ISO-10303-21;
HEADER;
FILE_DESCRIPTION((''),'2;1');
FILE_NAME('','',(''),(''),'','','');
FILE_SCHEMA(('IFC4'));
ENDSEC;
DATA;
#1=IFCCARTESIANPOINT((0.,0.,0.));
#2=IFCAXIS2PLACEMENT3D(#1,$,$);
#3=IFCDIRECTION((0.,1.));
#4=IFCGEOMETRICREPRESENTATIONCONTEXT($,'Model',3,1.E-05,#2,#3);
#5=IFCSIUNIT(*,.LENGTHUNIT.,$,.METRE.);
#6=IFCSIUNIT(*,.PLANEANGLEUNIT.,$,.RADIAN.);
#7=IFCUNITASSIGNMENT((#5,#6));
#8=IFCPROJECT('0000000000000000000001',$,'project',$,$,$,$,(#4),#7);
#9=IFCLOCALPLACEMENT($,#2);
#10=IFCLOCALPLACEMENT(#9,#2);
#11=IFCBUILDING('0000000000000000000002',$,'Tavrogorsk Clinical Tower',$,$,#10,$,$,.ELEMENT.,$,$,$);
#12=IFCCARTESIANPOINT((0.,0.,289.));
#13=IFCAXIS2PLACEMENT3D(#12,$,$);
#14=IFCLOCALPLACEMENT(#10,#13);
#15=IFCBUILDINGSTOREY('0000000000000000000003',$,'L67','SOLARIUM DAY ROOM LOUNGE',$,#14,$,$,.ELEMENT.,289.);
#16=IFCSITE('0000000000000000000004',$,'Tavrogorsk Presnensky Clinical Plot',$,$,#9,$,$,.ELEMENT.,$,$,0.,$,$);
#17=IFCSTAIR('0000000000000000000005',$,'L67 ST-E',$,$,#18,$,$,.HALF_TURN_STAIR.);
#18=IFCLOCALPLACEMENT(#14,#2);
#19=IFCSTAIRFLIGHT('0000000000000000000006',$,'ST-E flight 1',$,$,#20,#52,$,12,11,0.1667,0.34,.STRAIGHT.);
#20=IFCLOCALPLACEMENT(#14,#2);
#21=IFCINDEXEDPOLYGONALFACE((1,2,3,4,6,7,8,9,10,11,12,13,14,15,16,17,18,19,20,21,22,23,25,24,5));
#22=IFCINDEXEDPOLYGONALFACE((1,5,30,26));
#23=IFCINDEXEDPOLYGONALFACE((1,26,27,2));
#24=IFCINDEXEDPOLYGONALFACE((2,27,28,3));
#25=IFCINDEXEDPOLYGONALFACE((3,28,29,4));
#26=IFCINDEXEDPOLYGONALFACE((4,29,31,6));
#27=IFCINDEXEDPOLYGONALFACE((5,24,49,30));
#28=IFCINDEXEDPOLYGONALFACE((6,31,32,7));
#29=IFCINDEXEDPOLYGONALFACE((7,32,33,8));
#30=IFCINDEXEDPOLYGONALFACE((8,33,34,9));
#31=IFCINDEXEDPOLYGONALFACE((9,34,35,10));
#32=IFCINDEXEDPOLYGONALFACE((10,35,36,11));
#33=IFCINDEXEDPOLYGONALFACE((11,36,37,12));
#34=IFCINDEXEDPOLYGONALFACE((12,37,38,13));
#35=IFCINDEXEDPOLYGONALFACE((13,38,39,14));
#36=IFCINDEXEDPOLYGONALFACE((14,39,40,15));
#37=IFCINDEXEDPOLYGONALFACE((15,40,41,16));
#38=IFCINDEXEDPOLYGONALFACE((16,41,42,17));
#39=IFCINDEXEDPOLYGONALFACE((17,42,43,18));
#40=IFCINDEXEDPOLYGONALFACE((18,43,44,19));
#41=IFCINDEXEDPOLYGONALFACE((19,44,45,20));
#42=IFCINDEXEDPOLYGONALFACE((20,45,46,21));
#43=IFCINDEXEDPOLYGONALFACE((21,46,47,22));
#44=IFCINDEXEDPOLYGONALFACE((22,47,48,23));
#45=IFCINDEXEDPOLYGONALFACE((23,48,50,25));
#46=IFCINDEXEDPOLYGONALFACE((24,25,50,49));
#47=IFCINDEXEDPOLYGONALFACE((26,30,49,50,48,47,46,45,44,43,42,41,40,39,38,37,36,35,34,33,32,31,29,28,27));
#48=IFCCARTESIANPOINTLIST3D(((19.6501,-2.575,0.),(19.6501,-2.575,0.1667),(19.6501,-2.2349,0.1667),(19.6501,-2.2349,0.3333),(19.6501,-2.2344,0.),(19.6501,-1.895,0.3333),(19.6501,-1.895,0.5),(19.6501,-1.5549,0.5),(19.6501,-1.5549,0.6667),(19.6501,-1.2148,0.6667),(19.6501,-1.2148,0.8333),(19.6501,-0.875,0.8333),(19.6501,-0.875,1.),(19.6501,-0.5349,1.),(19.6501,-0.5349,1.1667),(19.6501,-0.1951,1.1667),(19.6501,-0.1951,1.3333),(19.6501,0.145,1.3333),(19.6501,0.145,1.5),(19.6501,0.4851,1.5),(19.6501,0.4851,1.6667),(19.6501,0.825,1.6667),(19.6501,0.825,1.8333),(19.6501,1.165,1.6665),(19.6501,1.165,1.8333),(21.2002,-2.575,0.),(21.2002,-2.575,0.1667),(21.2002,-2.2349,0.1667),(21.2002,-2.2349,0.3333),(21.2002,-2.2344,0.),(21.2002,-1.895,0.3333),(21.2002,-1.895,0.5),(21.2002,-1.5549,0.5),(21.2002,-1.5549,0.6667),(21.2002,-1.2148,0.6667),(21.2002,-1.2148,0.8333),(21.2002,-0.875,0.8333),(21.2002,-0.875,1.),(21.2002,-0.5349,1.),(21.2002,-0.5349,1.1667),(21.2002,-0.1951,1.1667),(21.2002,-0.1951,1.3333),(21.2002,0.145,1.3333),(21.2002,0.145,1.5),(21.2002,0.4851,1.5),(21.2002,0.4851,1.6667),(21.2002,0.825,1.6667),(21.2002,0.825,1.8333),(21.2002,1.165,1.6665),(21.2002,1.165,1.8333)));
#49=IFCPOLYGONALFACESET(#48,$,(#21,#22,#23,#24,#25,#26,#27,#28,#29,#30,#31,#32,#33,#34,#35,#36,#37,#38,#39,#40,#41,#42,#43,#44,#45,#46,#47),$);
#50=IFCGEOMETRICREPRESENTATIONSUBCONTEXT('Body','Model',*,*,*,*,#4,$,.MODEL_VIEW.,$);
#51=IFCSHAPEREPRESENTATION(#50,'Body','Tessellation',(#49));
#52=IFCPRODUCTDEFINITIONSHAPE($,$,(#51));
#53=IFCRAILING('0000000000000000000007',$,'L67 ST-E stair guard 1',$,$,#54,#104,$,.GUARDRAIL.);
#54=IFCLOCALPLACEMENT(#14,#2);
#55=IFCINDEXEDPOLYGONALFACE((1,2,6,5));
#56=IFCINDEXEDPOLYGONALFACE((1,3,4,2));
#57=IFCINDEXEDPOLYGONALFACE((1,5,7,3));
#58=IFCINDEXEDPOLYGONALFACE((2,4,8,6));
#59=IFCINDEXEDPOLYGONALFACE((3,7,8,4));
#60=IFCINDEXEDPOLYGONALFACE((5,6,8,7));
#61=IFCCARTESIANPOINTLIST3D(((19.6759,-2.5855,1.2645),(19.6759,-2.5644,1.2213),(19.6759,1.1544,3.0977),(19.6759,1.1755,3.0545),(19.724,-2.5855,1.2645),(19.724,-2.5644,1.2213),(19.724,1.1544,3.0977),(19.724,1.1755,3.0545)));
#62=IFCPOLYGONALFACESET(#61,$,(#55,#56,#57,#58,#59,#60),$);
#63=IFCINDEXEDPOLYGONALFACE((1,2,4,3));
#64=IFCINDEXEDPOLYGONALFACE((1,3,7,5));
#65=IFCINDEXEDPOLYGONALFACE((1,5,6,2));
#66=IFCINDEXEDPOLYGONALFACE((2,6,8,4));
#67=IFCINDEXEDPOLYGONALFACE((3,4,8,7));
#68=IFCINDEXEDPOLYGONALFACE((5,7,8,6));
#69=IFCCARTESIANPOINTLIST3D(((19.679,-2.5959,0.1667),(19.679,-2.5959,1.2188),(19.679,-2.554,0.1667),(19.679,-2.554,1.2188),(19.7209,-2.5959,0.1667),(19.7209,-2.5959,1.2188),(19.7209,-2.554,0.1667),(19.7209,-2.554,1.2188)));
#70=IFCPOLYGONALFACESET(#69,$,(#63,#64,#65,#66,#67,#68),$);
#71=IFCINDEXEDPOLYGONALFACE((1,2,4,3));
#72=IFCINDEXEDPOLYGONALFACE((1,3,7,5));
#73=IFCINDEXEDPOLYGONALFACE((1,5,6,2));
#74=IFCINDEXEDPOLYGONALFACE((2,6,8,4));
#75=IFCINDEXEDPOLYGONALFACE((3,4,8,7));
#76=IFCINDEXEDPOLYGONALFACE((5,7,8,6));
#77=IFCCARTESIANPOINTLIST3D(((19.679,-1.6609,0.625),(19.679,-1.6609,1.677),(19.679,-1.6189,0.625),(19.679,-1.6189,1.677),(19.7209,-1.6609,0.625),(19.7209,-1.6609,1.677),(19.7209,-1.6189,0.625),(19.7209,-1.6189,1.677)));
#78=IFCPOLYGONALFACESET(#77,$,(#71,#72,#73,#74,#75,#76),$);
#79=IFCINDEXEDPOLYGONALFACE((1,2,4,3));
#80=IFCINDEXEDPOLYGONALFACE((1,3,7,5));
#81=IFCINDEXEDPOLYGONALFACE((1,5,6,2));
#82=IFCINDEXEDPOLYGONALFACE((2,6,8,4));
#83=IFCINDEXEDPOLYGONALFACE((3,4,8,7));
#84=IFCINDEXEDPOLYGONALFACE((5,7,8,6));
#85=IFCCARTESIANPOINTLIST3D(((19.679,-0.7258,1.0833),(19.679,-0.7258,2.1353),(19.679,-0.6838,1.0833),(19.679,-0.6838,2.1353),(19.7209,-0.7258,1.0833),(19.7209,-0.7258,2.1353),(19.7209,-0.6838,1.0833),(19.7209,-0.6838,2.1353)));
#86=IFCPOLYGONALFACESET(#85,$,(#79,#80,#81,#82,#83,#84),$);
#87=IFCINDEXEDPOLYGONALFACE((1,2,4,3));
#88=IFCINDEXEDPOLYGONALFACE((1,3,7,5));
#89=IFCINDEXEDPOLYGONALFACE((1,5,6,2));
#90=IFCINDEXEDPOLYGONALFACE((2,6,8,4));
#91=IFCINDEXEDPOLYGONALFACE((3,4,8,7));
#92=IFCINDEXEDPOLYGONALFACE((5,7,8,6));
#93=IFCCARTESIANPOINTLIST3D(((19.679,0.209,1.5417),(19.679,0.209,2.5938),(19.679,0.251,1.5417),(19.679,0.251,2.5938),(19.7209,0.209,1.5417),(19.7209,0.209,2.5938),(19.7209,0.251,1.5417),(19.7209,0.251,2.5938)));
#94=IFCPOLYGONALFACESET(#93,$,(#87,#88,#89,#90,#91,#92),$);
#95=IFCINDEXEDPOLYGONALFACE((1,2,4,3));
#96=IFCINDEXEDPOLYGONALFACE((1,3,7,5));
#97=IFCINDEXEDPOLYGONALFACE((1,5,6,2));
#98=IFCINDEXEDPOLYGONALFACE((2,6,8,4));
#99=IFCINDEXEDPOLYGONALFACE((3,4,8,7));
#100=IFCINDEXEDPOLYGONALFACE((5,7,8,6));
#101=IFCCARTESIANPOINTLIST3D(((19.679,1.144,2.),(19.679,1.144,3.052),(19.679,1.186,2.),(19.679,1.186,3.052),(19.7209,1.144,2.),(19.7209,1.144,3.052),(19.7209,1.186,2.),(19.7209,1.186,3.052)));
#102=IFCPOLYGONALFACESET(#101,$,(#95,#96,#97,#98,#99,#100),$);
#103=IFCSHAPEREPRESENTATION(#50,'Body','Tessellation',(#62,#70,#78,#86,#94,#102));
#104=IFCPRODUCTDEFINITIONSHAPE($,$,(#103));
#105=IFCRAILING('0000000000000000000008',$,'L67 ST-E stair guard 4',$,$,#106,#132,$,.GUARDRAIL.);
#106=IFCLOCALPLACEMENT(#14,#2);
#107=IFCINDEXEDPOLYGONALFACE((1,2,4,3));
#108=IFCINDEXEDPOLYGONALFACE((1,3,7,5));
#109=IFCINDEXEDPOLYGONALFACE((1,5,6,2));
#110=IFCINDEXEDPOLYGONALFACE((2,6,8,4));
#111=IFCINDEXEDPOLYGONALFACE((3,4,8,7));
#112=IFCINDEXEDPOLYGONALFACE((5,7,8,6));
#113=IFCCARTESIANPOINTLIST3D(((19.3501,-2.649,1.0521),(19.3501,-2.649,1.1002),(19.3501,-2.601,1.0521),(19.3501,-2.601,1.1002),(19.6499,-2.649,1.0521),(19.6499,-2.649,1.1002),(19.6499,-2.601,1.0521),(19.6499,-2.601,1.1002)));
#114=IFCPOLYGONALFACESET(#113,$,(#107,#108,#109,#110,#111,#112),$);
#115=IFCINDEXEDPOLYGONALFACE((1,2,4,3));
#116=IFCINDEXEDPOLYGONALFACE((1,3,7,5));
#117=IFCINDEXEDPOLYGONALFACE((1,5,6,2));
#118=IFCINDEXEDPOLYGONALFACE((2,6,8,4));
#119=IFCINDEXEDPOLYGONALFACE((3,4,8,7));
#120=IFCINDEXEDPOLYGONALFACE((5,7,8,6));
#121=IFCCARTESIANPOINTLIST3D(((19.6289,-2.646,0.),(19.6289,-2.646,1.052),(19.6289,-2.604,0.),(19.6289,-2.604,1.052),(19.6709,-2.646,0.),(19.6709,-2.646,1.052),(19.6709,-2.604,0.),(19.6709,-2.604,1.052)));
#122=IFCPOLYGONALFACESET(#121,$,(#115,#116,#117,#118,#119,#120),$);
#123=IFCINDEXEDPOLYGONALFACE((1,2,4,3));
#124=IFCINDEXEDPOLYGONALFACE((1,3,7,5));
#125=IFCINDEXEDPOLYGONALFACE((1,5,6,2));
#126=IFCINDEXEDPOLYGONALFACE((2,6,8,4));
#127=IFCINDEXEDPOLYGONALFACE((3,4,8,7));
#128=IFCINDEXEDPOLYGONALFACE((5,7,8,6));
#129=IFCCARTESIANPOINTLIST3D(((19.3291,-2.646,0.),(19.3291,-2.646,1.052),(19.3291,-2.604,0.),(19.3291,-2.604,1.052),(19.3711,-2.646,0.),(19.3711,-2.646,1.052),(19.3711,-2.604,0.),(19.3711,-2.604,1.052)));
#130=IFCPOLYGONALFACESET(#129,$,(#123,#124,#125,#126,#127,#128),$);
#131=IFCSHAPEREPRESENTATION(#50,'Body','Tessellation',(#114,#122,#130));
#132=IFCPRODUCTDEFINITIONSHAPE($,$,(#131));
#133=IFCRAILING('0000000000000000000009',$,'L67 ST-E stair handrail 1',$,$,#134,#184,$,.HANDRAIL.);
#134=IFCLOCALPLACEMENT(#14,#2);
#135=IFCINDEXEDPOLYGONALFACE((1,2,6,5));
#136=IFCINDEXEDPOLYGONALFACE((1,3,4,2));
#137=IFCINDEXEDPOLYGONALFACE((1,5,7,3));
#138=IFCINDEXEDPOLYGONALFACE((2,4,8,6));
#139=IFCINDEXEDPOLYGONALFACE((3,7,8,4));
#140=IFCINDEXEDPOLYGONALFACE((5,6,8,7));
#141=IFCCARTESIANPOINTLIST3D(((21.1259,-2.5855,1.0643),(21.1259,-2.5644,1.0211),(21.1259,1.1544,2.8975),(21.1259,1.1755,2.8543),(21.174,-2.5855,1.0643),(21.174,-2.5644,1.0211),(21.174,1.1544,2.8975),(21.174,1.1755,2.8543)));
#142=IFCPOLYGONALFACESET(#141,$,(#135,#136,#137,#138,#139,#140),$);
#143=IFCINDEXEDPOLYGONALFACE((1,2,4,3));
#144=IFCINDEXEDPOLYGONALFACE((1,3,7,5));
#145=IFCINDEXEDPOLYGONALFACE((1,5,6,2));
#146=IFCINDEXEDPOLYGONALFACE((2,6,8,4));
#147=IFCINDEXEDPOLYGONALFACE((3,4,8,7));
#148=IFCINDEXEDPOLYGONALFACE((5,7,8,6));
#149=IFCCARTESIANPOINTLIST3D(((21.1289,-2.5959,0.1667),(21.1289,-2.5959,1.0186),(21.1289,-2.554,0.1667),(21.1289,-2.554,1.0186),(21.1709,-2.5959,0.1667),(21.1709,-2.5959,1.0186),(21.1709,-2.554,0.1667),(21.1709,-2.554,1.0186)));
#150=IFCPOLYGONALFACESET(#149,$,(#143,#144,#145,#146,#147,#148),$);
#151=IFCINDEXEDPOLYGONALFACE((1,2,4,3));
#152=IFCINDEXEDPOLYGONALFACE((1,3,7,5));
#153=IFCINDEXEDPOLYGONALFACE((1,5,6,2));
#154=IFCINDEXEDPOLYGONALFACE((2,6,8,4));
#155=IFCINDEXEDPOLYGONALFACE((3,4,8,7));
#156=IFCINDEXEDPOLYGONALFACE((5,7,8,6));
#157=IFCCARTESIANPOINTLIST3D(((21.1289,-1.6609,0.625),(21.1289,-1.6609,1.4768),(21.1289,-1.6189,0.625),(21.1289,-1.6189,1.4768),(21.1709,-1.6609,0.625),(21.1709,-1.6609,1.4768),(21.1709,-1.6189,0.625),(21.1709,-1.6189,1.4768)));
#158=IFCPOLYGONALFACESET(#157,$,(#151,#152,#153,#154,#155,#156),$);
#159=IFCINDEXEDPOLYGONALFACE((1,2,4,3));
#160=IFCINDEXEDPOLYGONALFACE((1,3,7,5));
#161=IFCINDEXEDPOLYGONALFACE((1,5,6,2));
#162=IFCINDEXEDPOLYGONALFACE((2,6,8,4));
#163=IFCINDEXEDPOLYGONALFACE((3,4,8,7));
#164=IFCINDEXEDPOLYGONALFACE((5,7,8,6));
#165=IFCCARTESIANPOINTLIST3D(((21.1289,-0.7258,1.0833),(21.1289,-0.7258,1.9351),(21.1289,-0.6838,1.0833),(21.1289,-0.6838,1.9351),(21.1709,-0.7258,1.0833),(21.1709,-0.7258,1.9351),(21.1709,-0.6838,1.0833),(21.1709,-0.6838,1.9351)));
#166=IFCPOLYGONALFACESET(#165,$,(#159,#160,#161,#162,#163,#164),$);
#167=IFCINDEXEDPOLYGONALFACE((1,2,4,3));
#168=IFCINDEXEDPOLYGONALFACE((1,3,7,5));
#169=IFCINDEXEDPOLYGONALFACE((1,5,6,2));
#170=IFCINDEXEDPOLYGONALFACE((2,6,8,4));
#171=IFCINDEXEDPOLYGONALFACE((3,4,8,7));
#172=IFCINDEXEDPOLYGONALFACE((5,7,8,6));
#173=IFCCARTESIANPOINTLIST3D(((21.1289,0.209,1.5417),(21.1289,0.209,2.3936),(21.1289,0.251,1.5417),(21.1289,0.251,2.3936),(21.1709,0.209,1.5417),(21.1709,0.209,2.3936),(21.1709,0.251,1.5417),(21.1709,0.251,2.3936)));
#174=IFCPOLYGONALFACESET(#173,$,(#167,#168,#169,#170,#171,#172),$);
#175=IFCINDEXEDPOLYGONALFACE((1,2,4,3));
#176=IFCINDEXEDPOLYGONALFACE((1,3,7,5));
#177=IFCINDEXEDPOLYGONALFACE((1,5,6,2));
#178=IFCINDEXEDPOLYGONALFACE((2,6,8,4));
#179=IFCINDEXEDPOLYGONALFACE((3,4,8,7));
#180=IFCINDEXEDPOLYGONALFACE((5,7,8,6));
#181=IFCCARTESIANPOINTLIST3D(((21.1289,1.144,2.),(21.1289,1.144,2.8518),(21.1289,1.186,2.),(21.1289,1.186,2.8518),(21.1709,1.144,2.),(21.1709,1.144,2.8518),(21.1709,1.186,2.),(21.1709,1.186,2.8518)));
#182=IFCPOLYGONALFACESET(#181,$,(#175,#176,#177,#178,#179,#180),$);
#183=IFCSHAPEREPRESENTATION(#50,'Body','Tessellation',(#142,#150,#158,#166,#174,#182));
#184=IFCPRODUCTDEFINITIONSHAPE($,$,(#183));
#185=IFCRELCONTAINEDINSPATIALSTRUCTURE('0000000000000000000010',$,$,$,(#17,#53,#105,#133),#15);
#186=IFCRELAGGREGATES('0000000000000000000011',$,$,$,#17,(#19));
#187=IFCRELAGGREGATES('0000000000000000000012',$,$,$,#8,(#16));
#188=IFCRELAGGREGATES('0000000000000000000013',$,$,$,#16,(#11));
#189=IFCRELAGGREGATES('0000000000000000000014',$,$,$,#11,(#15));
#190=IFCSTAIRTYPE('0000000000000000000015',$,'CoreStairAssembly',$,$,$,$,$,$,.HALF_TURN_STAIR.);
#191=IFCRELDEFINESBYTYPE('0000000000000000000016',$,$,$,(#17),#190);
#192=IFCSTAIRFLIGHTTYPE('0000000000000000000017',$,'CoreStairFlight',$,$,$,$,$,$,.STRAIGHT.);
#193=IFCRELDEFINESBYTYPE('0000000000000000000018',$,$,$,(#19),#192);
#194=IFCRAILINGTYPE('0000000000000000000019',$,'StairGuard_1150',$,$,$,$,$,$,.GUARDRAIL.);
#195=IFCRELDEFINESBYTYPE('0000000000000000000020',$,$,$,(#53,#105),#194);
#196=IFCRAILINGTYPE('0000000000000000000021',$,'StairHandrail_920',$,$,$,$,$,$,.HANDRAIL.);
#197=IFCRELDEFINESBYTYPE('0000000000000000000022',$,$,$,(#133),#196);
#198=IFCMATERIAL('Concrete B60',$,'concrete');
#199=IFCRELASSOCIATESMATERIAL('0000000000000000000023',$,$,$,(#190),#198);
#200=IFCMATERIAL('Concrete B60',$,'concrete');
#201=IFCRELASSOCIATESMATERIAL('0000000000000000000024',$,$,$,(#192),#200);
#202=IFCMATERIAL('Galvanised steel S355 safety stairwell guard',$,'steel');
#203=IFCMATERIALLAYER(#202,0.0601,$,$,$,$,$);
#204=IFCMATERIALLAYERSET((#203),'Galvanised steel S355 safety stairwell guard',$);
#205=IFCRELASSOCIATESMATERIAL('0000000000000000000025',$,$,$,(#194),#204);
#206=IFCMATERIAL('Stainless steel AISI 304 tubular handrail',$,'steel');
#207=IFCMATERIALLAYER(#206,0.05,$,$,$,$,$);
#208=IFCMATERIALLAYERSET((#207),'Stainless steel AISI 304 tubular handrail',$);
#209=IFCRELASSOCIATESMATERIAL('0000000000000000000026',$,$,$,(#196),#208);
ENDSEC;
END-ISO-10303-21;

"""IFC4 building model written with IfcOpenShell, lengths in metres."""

from ifc_helpers import new_model, si_unit, direction, frame, origin, origin_2d, place, context, subcontext, project, spatial, polyline, rectangle, outline, extrude, material, layer, layer_set, type_object, element, aggregate, save


model = new_model("IFC4")

# Units and contexts
model_context = context("Model", 3, precision=1e-05, world=origin(), true_north=direction((0.0, 1.0)))
body_context = subcontext(model_context, "Body", "Model", "MODEL_VIEW")
ifc_project = project(units=[si_unit("LENGTHUNIT", "METRE"), si_unit("PLANEANGLEUNIT", "RADIAN")], contexts=[model_context])

# Site, building, storey
site_placement = place(None, origin())
site = spatial("IfcSite", under=ifc_project, at=site_placement, Name="Tavrogorsk Presnensky Clinical Plot", CompositionType="ELEMENT", RefElevation=0.0)
building_placement = place(site_placement, origin())
building = spatial("IfcBuilding", under=site, at=building_placement, Name="Tavrogorsk Clinical Tower", CompositionType="ELEMENT")
storey_placement = place(building_placement, frame((0.0, 0.0, 289.0)))
storey = spatial("IfcBuildingStorey", under=building, at=storey_placement, Name="L67", Description="SOLARIUM DAY ROOM LOUNGE", CompositionType="ELEMENT", Elevation=289.0)

# Stair, stair flight
ifc_material_1 = material(Name="Concrete B60", Category="concrete")
stair_type = type_object("IfcStairType", Name="CoreStairAssembly", PredefinedType="HALF_TURN_STAIR", material=ifc_material_1)
stair_placement = place(storey_placement, origin())
stair = element("IfcStair", 1, at=stair_placement, inside=storey, type_object=stair_type, Name="L67 ST-E", PredefinedType="HALF_TURN_STAIR")
ifc_material_2 = material(Name="Concrete B60", Category="concrete")
stair_flight_type = type_object("IfcStairFlightType", Name="CoreStairFlight", PredefinedType="STRAIGHT", material=ifc_material_2)
stair_flight_placement = place(storey_placement, frame((20.425, -2.575, 0.0), z_axis=(0.0, 0.0, 1.0), x_axis=(0.0, 1.0, 0.0)))
stair_flight = element("IfcStairFlight", 2, at=stair_flight_placement, type_object=stair_flight_type, Name="ST-E flight 1", NumberOfRisers=12, NumberOfTreads=11, PredefinedType="STRAIGHT", RiserHeight=0.1667, TreadLength=0.34, context=body_context, shape_type="SweptSolid", body=[
    extrude(outline(polyline([(0.0, 0.0), (0.0, 0.1667), (0.3401, 0.1667), (0.3401, 0.3333), (0.6799, 0.3333), (0.6799, 0.5), (1.02, 0.5), (1.02, 0.6667), (1.3601, 0.6667), (1.3601, 0.8333), (1.7, 0.8333), (1.7, 1.0), (2.04, 1.0), (2.04, 1.1667), (2.3799, 1.1667), (2.3799, 1.3333), (2.72, 1.3333), (2.72, 1.5), (3.0601, 1.5), (3.0601, 1.6667), (3.3999, 1.6667), (3.3999, 1.8333), (3.74, 1.8333), (3.74, 2.0), (3.74, 1.6665), (0.3406, 0.0), (0.0, 0.0)])), frame((0.0, 0.7749, 0.0), z_axis=(0.0, -1.0, 0.0), x_axis=(1.0, 0.0, 0.0)), (0.0, 0.0, 1.0), 1.55),
])
aggregate(stair, [stair_flight])

# Railings
ifc_material_3 = material(Name="Galvanised steel S355 safety stairwell guard", Category="steel")
ifc_layer_1 = layer(ifc_material_3, 0.0601)
ifc_layer_set_1 = layer_set([ifc_layer_1], Name="Galvanised steel S355 safety stairwell guard")
railing_type_1 = type_object("IfcRailingType", Name="StairGuard_1150", PredefinedType="GUARDRAIL", material=ifc_layer_set_1)
railing_1_placement = place(storey_placement, frame((19.7, -2.575, 0.1667)))
element("IfcRailing", 3, at=railing_1_placement, inside=storey, type_object=railing_type_1, Name="L67 ST-E stair guard 1", PredefinedType="GUARDRAIL", context=body_context, shape_type="SweptSolid", body=[
    extrude(rectangle(XDim=0.0481, YDim=0.0481, at=origin_2d()), frame((0.0, 0.0, 1.0762), z_axis=(0.0, 0.897928, 0.440142), x_axis=(-1.0, 0.0, 0.0)), (0.0, 0.0, 1.0), 4.165),
    extrude(rectangle(XDim=0.042, YDim=0.042, at=origin_2d()), origin(), (0.0, 0.0, 1.0), 1.052),
    extrude(rectangle(XDim=0.042, YDim=0.042, at=origin_2d()), frame((0.0, 0.9351, 0.4583)), (0.0, 0.0, 1.0), 1.052),
    extrude(rectangle(XDim=0.042, YDim=0.042, at=origin_2d()), frame((0.0, 1.8701, 0.9165)), (0.0, 0.0, 1.0), 1.052),
    extrude(rectangle(XDim=0.042, YDim=0.042, at=origin_2d()), frame((0.0, 2.8049, 1.375)), (0.0, 0.0, 1.0), 1.052),
    extrude(rectangle(XDim=0.042, YDim=0.042, at=origin_2d()), frame((0.0, 3.74, 1.8333)), (0.0, 0.0, 1.0), 1.052),
])
railing_2_placement = place(storey_placement, frame((19.6499, -2.625, 0.0)))
element("IfcRailing", 4, at=railing_2_placement, inside=storey, type_object=railing_type_1, Name="L67 ST-E stair guard 4", PredefinedType="GUARDRAIL", context=body_context, shape_type="SweptSolid", body=[
    extrude(rectangle(XDim=0.0481, YDim=0.0481, at=origin_2d()), frame((0.0, 0.0, 1.0762), z_axis=(-1.0, 0.0, 0.0), x_axis=(0.0, -1.0, 0.0)), (0.0, 0.0, 1.0), 0.2998),
    extrude(rectangle(XDim=0.042, YDim=0.042, at=origin_2d()), origin(), (0.0, 0.0, 1.0), 1.052),
    extrude(rectangle(XDim=0.042, YDim=0.042, at=origin_2d()), frame((-0.2998, 0.0, 0.0)), (0.0, 0.0, 1.0), 1.052),
])
ifc_material_4 = material(Name="Stainless steel AISI 304 tubular handrail", Category="steel")
ifc_layer_2 = layer(ifc_material_4, 0.05)
ifc_layer_set_2 = layer_set([ifc_layer_2], Name="Stainless steel AISI 304 tubular handrail")
railing_type_2 = type_object("IfcRailingType", Name="StairHandrail_920", PredefinedType="HANDRAIL", material=ifc_layer_set_2)
railing_3_placement = place(storey_placement, frame((21.1499, -2.575, 0.1667)))
element("IfcRailing", 5, at=railing_3_placement, inside=storey, type_object=railing_type_2, Name="L67 ST-E stair handrail 1", PredefinedType="HANDRAIL", context=body_context, shape_type="SweptSolid", body=[
    extrude(rectangle(XDim=0.0481, YDim=0.0481, at=origin_2d()), frame((0.0, 0.0, 0.876), z_axis=(0.0, 0.897928, 0.440142), x_axis=(-1.0, 0.0, 0.0)), (0.0, 0.0, 1.0), 4.165),
    extrude(rectangle(XDim=0.042, YDim=0.042, at=origin_2d()), origin(), (0.0, 0.0, 1.0), 0.8518),
    extrude(rectangle(XDim=0.042, YDim=0.042, at=origin_2d()), frame((0.0, 0.9351, 0.4583)), (0.0, 0.0, 1.0), 0.8518),
    extrude(rectangle(XDim=0.042, YDim=0.042, at=origin_2d()), frame((0.0, 1.8701, 0.9165)), (0.0, 0.0, 1.0), 0.8518),
    extrude(rectangle(XDim=0.042, YDim=0.042, at=origin_2d()), frame((0.0, 2.8049, 1.375)), (0.0, 0.0, 1.0), 0.8518),
    extrude(rectangle(XDim=0.042, YDim=0.042, at=origin_2d()), frame((0.0, 3.74, 1.8333)), (0.0, 0.0, 1.0), 0.8518),
])

save(model, "model.ifc")
